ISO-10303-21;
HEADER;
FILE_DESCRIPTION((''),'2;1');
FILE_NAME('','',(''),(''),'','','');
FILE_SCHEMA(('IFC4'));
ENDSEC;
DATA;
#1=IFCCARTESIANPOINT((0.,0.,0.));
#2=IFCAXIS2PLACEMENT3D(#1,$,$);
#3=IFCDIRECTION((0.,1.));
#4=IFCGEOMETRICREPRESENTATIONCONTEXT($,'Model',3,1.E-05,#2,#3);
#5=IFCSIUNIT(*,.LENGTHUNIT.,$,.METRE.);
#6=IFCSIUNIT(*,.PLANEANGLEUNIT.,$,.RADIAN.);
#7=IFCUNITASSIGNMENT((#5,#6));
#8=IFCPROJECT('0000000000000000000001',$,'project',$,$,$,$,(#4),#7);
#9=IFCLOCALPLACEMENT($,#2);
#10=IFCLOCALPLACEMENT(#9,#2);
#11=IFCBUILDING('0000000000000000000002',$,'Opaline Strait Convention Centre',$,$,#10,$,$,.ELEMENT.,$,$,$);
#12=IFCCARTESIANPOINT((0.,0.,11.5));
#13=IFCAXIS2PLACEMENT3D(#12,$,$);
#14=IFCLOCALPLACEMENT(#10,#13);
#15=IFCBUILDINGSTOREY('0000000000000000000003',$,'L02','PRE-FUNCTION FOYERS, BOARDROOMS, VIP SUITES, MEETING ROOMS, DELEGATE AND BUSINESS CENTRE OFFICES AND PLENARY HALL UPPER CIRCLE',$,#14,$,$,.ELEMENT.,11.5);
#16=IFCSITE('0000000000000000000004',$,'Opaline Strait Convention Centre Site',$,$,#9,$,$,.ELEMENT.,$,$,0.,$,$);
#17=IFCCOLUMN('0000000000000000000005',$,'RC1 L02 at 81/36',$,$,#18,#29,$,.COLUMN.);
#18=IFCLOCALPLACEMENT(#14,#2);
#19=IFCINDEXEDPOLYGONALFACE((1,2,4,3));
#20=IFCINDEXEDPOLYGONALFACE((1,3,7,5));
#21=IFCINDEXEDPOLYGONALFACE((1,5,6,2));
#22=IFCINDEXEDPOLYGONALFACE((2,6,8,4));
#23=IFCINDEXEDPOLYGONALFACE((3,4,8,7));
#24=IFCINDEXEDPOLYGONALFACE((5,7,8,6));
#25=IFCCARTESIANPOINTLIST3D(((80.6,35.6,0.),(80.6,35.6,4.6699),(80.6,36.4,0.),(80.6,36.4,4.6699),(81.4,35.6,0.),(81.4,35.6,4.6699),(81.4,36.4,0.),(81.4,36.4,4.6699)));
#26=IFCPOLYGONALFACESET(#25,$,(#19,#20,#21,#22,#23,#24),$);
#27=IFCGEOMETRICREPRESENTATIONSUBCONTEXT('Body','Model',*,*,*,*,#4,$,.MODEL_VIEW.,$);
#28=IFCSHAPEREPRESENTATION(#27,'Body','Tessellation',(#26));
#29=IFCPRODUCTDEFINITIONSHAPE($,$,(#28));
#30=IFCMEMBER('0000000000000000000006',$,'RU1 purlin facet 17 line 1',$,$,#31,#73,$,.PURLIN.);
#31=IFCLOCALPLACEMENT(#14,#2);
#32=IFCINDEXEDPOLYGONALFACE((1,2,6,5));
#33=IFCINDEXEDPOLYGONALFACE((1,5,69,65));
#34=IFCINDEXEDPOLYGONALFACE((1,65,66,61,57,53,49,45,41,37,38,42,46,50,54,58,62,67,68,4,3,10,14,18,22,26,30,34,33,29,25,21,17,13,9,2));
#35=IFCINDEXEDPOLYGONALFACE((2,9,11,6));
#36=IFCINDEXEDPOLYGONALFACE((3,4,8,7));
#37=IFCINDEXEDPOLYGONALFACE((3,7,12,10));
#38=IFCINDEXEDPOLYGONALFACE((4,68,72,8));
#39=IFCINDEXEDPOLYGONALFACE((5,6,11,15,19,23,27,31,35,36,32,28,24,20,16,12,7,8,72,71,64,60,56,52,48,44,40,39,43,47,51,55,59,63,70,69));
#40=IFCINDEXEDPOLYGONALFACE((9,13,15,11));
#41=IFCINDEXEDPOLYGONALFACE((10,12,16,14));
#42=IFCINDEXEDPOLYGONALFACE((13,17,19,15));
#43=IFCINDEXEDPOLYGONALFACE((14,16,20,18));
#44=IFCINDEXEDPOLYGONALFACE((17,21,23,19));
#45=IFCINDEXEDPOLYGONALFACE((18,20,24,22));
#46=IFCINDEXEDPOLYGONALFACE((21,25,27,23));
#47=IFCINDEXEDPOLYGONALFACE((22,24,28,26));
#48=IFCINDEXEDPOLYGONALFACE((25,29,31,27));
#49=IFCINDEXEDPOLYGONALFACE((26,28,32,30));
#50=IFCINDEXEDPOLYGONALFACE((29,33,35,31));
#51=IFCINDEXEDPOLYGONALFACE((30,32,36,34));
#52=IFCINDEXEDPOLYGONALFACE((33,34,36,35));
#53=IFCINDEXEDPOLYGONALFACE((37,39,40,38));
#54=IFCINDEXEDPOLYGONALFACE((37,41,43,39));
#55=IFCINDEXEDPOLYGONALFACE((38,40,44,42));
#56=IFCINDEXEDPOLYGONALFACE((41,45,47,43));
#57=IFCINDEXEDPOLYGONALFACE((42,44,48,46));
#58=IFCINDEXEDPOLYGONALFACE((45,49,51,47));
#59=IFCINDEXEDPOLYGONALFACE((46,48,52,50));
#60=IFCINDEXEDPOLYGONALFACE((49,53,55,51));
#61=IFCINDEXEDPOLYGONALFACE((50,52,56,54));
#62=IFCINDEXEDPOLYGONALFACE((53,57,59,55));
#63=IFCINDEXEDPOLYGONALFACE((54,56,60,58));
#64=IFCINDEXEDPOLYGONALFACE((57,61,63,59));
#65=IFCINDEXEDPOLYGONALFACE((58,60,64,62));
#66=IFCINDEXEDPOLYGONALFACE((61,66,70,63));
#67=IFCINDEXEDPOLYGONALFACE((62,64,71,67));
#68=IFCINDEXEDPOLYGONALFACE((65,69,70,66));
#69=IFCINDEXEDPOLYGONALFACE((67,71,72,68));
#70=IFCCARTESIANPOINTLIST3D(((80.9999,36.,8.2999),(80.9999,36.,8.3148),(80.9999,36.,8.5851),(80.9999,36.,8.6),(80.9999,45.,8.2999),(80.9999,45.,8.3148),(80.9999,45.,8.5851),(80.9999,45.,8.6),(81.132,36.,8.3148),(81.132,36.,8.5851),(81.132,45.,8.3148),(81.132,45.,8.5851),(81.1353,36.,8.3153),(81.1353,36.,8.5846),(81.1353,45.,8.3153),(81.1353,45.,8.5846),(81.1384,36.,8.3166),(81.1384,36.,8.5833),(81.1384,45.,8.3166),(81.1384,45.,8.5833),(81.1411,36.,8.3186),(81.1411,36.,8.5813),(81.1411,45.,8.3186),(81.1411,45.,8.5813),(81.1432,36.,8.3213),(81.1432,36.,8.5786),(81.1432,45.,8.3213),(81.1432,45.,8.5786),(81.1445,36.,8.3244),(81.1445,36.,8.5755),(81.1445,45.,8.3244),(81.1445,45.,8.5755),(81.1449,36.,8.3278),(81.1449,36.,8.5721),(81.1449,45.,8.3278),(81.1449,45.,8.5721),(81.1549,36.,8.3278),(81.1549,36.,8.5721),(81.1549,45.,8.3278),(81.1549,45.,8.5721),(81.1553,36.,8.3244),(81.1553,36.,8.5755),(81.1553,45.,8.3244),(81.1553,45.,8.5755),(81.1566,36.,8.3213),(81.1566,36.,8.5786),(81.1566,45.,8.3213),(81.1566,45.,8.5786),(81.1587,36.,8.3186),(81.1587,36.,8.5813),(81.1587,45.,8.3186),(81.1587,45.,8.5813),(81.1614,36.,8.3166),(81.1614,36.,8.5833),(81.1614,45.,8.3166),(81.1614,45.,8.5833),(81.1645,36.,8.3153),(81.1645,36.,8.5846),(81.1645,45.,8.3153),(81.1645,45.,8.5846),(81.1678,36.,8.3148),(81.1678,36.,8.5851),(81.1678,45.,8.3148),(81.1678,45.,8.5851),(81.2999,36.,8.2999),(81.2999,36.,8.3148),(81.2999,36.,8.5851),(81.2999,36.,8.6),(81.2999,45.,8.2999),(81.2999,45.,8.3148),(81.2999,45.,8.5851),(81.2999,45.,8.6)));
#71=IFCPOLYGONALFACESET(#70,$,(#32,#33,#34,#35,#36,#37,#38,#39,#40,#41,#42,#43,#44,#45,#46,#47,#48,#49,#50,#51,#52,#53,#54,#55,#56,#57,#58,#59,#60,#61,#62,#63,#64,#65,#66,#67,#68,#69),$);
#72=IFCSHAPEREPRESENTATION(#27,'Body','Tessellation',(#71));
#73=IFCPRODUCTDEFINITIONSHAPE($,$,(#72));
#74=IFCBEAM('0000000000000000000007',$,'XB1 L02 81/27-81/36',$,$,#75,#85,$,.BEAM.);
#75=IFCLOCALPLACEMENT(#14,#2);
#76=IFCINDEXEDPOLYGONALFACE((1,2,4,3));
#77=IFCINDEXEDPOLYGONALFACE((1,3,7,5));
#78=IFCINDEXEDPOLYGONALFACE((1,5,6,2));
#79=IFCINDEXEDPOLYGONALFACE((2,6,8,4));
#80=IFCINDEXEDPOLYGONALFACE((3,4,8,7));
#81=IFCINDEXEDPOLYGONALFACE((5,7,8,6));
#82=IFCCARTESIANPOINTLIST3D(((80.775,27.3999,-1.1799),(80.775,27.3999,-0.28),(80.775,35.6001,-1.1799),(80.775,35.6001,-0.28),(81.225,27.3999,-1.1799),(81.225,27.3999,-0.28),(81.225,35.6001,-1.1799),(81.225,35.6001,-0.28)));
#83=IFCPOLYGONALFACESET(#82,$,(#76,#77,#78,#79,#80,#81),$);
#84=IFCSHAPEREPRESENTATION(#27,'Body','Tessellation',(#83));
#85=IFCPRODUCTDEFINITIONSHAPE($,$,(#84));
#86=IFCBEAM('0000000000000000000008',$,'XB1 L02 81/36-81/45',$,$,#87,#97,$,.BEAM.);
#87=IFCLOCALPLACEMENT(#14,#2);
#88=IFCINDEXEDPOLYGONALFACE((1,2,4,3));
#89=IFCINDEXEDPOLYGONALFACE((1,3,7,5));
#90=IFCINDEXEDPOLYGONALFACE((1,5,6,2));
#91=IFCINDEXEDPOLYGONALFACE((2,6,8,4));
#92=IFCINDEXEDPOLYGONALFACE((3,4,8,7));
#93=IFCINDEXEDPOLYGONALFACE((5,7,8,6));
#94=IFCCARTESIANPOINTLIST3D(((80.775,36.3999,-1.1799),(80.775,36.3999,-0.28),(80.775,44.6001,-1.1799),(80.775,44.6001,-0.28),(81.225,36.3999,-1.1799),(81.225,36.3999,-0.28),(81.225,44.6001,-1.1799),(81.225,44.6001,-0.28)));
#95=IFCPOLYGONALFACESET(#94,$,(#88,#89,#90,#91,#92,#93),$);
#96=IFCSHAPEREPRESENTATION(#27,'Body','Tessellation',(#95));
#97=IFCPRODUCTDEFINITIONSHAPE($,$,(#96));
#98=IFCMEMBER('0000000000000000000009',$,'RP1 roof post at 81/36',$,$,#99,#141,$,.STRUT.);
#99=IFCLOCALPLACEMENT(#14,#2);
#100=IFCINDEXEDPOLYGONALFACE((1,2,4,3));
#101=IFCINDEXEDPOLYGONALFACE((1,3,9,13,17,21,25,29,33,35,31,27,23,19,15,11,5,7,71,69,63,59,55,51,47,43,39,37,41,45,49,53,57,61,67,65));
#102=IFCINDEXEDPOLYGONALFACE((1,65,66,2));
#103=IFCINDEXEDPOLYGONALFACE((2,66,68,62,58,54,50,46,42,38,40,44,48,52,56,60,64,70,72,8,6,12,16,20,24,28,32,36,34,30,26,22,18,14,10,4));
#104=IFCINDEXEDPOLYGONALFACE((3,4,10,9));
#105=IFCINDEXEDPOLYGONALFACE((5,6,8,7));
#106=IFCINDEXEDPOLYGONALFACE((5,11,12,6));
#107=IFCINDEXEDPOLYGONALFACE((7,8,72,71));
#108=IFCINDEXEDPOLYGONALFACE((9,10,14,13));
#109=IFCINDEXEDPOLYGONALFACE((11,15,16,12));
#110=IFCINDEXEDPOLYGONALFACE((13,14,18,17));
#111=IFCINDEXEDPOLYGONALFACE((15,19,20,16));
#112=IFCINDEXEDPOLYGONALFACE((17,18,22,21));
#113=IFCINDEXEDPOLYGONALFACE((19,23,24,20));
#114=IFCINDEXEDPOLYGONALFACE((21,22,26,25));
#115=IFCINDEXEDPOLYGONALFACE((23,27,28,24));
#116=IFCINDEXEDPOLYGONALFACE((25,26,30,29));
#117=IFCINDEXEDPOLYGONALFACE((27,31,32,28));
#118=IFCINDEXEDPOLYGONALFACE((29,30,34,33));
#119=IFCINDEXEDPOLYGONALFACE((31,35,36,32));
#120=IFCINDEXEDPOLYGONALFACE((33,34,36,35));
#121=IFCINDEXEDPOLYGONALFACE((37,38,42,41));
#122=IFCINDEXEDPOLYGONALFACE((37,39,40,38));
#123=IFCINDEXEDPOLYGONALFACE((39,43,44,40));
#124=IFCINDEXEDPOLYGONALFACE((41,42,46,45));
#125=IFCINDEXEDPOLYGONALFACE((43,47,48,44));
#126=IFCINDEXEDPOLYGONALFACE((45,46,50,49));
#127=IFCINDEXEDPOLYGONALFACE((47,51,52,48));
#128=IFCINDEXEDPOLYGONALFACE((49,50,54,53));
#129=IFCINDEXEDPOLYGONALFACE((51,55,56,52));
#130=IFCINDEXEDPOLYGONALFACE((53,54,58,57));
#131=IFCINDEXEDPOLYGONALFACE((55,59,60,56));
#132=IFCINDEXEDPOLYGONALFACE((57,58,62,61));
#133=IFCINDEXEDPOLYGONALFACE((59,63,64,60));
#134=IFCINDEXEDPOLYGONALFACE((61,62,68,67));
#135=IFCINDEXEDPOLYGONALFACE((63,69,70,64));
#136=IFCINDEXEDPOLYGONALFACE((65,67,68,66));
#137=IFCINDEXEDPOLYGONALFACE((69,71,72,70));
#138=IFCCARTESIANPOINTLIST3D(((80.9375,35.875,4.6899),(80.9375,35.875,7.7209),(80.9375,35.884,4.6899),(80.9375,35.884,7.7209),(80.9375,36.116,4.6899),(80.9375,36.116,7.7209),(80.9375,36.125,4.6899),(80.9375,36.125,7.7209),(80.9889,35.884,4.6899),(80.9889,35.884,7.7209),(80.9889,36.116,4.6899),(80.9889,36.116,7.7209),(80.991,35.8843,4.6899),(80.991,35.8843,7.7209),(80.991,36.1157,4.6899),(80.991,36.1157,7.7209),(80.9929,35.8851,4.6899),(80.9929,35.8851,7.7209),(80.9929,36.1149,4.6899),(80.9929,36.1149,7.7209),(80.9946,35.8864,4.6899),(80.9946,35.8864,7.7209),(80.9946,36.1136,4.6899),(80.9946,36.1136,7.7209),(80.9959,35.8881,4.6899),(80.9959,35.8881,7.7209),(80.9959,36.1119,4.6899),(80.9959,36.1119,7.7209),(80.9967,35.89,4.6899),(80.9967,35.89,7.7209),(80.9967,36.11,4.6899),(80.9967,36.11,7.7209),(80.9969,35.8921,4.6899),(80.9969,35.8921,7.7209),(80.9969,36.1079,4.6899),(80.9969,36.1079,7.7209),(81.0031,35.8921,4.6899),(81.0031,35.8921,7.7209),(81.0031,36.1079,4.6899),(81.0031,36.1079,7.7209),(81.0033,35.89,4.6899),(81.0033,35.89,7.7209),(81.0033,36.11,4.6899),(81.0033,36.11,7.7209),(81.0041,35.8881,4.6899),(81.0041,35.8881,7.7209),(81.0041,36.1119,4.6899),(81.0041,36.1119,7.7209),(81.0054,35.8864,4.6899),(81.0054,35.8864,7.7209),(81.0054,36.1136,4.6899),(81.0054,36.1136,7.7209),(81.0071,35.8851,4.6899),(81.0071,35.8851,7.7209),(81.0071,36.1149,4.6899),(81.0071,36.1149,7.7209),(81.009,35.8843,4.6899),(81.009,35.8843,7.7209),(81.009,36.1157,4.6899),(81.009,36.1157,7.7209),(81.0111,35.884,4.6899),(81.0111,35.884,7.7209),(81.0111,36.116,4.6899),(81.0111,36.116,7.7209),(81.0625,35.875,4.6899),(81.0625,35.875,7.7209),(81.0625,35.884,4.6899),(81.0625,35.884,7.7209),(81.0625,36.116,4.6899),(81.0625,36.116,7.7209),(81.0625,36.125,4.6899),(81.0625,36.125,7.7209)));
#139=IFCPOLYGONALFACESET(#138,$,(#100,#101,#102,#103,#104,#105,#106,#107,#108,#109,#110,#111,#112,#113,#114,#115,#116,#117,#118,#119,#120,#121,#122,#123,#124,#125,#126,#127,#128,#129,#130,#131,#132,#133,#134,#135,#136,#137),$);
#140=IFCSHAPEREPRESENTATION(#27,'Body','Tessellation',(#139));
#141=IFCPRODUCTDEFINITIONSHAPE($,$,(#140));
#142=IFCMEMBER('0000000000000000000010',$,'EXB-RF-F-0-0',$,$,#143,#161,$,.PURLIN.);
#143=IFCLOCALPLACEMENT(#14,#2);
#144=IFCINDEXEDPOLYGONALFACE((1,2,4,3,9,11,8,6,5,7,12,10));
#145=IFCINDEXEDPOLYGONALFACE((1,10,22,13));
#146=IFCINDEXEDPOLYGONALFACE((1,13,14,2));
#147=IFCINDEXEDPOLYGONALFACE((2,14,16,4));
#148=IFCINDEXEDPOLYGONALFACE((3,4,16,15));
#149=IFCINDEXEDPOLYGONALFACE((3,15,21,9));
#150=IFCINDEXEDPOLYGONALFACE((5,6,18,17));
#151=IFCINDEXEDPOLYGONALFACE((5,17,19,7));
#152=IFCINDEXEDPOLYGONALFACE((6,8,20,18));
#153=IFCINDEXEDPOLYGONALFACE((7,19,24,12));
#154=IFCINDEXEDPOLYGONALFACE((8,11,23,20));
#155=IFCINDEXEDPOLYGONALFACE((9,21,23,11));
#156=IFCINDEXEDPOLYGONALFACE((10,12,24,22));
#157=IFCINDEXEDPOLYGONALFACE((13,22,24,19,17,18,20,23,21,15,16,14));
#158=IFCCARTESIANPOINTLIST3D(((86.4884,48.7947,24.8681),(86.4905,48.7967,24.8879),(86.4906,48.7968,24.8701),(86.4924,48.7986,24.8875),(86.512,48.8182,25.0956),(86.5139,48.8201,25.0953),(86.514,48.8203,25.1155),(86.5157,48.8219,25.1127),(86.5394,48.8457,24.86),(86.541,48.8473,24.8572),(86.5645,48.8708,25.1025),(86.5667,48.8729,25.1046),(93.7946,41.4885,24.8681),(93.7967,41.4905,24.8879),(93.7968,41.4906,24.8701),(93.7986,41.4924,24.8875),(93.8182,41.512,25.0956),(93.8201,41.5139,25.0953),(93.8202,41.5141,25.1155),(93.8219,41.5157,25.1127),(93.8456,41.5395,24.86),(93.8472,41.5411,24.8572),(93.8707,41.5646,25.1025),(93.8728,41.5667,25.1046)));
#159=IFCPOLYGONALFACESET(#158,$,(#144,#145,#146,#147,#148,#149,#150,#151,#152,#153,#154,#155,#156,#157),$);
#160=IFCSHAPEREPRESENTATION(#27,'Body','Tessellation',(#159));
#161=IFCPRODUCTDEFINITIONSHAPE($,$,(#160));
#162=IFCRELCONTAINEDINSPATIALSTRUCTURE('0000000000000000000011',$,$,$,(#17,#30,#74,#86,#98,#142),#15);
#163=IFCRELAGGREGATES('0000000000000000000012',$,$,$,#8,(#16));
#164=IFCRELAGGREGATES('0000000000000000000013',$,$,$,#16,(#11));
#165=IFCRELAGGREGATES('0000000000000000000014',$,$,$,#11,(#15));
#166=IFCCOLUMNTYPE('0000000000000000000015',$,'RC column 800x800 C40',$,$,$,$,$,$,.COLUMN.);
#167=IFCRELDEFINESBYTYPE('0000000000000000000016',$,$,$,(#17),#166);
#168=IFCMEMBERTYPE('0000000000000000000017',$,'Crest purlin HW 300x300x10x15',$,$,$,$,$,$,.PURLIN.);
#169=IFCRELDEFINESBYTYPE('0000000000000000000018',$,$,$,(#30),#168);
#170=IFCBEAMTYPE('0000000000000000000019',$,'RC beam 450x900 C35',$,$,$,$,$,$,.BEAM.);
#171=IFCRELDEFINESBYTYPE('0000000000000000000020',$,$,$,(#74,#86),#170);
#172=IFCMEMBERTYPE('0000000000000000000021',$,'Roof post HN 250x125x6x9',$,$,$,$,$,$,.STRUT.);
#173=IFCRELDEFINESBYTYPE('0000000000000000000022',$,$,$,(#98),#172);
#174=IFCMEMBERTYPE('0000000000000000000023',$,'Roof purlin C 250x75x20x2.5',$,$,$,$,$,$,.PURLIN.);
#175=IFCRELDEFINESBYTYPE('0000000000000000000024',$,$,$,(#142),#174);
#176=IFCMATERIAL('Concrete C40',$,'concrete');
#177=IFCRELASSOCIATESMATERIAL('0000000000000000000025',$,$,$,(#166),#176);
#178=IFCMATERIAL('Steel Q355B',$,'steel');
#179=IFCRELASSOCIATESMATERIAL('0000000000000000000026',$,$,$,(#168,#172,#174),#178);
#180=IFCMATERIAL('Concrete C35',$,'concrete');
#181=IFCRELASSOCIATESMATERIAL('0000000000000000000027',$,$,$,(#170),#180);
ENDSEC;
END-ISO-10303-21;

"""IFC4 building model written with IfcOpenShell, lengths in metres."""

from ifc_helpers import new_model, si_unit, direction, frame, origin, origin_2d, place, context, subcontext, project, spatial, polyline, rectangle, i_section, outline, extrude, material, material_profile, profile_set, type_object, element, save


model = new_model("IFC4")

# Units and contexts
model_context = context("Model", 3, precision=1e-05, world=origin(), true_north=direction((0.0, 1.0)))
body_context = subcontext(model_context, "Body", "Model", "MODEL_VIEW")
ifc_project = project(units=[si_unit("LENGTHUNIT", "METRE"), si_unit("PLANEANGLEUNIT", "RADIAN")], contexts=[model_context])

# Site, building, storey
site_placement = place(None, origin())
site = spatial("IfcSite", under=ifc_project, at=site_placement, Name="Opaline Strait Convention Centre Site", CompositionType="ELEMENT", RefElevation=0.0)
building_placement = place(site_placement, origin())
building = spatial("IfcBuilding", under=site, at=building_placement, Name="Opaline Strait Convention Centre", CompositionType="ELEMENT")
storey_placement = place(building_placement, frame((0.0, 0.0, 11.5)))
storey = spatial("IfcBuildingStorey", under=building, at=storey_placement, Name="L02", Description="PRE-FUNCTION FOYERS, BOARDROOMS, VIP SUITES, MEETING ROOMS, DELEGATE AND BUSINESS CENTRE OFFICES AND PLENARY HALL UPPER CIRCLE", CompositionType="ELEMENT", Elevation=11.5)

# Column
ifc_material_1 = material(Name="Concrete C40", Category="concrete")
ifc_material_profile_1 = material_profile(ifc_material_1, rectangle(XDim=0.8, YDim=0.8, at=origin_2d()), Name="RC 800x800")
ifc_profile_set_1 = profile_set([ifc_material_profile_1], Name="Concrete C40")
column_type = type_object("IfcColumnType", Name="RC column 800x800 C40", PredefinedType="COLUMN", material=ifc_profile_set_1)
column_placement = place(storey_placement, frame((81.0, 36.0, 0.0), z_axis=(0.0, 0.0, 1.0), x_axis=(1.0, 0.0, 0.0)))
element("IfcColumn", 1, at=column_placement, inside=storey, type_object=column_type, Name="RC1 L02 at 81/36", PredefinedType="COLUMN", context=body_context, shape_type="SweptSolid", body=[
    extrude(rectangle(XDim=0.8, YDim=0.8, at=origin_2d()), origin(), (0.0, 0.0, 1.0), 4.6699),
])

# Member
ifc_material_2 = material(Name="Steel Q355B", Category="steel")
ifc_material_profile_2 = material_profile(ifc_material_2, i_section(OverallWidth=0.3, OverallDepth=0.3, WebThickness=0.01, FlangeThickness=0.0149, FilletRadius=0.0129, at=origin_2d()), Name="HW 300x300x10x15")
ifc_profile_set_2 = profile_set([ifc_material_profile_2], Name="Steel Q355B")
member_type_1 = type_object("IfcMemberType", Name="Crest purlin HW 300x300x10x15", PredefinedType="PURLIN", material=ifc_profile_set_2)
member_1_placement = place(storey_placement, frame((81.1499, 36.0, 8.45), z_axis=(0.0, 1.0, 0.0), x_axis=(-1.0, 0.0, 0.0)))
element("IfcMember", 2, at=member_1_placement, inside=storey, type_object=member_type_1, Name="RU1 purlin facet 17 line 1", PredefinedType="PURLIN", context=body_context, shape_type="SweptSolid", body=[
    extrude(i_section(OverallWidth=0.3, OverallDepth=0.3, WebThickness=0.01, FlangeThickness=0.0149, FilletRadius=0.0129, at=origin_2d()), origin(), (0.0, 0.0, 1.0), 9.0),
])

# Beams
ifc_material_3 = material(Name="Concrete C35", Category="concrete")
ifc_material_profile_3 = material_profile(ifc_material_3, rectangle(XDim=0.45, YDim=0.8999, at=origin_2d()), Name="RC 450x900")
ifc_profile_set_3 = profile_set([ifc_material_profile_3], Name="Concrete C35")
beam_type = type_object("IfcBeamType", Name="RC beam 450x900 C35", PredefinedType="BEAM", material=ifc_profile_set_3)
for number, where, z_axis, x_axis, name in (
    (3, (81.0, 27.3999, -0.73), (0.0, 1.0, 0.0), (-1.0, 0.0, 0.0), "XB1 L02 81/27-81/36"),
    (4, (81.0, 36.3999, -0.73), (0.0, 1.0, 0.0), (-1.0, 0.0, 0.0), "XB1 L02 81/36-81/45"),
):
    element("IfcBeam", number, at=place(storey_placement, frame(where, z_axis=z_axis, x_axis=x_axis)), inside=storey, type_object=beam_type, Name=name, PredefinedType="BEAM", context=body_context, shape_type="SweptSolid", body=[
        extrude(rectangle(XDim=0.45, YDim=0.8999, at=origin_2d()), origin(), (0.0, 0.0, 1.0), 8.2002),
    ])

# Members
ifc_material_profile_4 = material_profile(ifc_material_2, i_section(OverallWidth=0.125, OverallDepth=0.25, WebThickness=0.0061, FlangeThickness=0.009, FilletRadius=0.0081, at=origin_2d()), Name="HN 250x125x6x9")
ifc_profile_set_4 = profile_set([ifc_material_profile_4], Name="Steel Q355B")
member_type_2 = type_object("IfcMemberType", Name="Roof post HN 250x125x6x9", PredefinedType="STRUT", material=ifc_profile_set_4)
member_2_placement = place(storey_placement, frame((81.0, 36.0, 4.6899), z_axis=(0.0, 0.0, 1.0), x_axis=(1.0, 0.0, 0.0)))
element("IfcMember", 5, at=member_2_placement, inside=storey, type_object=member_type_2, Name="RP1 roof post at 81/36", PredefinedType="STRUT", context=body_context, shape_type="SweptSolid", body=[
    extrude(i_section(OverallWidth=0.125, OverallDepth=0.25, WebThickness=0.0061, FlangeThickness=0.009, FilletRadius=0.0081, at=origin_2d()), origin(), (0.0, 0.0, 1.0), 3.031),
])
ifc_material_profile_5 = material_profile(ifc_material_2, outline(polyline([(-0.0376, -0.125), (0.0376, -0.125), (0.0376, -0.105), (0.0349, -0.105), (0.0349, -0.1226), (-0.0349, -0.1226), (-0.0349, 0.1226), (0.0349, 0.1226), (0.0349, 0.105), (0.0376, 0.105), (0.0376, 0.125), (-0.0376, 0.125), (-0.0376, -0.125)])), Name="C 250x75x20x2.5")
ifc_profile_set_5 = profile_set([ifc_material_profile_5], Name="Steel Q355B")
member_type_3 = type_object("IfcMemberType", Name="Roof purlin C 250x75x20x2.5", PredefinedType="PURLIN", material=ifc_profile_set_5)
member_3_placement = place(storey_placement, frame((93.8337, 41.5276, 24.9863), z_axis=(-0.707107, 0.707107, 0.0), x_axis=(-0.699649, -0.699649, 0.14485)))
element("IfcMember", 6, at=member_3_placement, inside=storey, type_object=member_type_3, Name="EXB-RF-F-0-0", PredefinedType="PURLIN", context=body_context, shape_type="SweptSolid", body=[
    extrude(outline(polyline([(-0.0376, -0.125), (0.0376, -0.125), (0.0376, -0.105), (0.0349, -0.105), (0.0349, -0.1226), (-0.0349, -0.1226), (-0.0349, 0.1226), (0.0349, 0.1226), (0.0349, 0.105), (0.0376, 0.105), (0.0376, 0.125), (-0.0376, 0.125), (-0.0376, -0.125)])), origin(), (0.0, 0.0, 1.0), 10.3325),
])

save(model, "model.ifc")
